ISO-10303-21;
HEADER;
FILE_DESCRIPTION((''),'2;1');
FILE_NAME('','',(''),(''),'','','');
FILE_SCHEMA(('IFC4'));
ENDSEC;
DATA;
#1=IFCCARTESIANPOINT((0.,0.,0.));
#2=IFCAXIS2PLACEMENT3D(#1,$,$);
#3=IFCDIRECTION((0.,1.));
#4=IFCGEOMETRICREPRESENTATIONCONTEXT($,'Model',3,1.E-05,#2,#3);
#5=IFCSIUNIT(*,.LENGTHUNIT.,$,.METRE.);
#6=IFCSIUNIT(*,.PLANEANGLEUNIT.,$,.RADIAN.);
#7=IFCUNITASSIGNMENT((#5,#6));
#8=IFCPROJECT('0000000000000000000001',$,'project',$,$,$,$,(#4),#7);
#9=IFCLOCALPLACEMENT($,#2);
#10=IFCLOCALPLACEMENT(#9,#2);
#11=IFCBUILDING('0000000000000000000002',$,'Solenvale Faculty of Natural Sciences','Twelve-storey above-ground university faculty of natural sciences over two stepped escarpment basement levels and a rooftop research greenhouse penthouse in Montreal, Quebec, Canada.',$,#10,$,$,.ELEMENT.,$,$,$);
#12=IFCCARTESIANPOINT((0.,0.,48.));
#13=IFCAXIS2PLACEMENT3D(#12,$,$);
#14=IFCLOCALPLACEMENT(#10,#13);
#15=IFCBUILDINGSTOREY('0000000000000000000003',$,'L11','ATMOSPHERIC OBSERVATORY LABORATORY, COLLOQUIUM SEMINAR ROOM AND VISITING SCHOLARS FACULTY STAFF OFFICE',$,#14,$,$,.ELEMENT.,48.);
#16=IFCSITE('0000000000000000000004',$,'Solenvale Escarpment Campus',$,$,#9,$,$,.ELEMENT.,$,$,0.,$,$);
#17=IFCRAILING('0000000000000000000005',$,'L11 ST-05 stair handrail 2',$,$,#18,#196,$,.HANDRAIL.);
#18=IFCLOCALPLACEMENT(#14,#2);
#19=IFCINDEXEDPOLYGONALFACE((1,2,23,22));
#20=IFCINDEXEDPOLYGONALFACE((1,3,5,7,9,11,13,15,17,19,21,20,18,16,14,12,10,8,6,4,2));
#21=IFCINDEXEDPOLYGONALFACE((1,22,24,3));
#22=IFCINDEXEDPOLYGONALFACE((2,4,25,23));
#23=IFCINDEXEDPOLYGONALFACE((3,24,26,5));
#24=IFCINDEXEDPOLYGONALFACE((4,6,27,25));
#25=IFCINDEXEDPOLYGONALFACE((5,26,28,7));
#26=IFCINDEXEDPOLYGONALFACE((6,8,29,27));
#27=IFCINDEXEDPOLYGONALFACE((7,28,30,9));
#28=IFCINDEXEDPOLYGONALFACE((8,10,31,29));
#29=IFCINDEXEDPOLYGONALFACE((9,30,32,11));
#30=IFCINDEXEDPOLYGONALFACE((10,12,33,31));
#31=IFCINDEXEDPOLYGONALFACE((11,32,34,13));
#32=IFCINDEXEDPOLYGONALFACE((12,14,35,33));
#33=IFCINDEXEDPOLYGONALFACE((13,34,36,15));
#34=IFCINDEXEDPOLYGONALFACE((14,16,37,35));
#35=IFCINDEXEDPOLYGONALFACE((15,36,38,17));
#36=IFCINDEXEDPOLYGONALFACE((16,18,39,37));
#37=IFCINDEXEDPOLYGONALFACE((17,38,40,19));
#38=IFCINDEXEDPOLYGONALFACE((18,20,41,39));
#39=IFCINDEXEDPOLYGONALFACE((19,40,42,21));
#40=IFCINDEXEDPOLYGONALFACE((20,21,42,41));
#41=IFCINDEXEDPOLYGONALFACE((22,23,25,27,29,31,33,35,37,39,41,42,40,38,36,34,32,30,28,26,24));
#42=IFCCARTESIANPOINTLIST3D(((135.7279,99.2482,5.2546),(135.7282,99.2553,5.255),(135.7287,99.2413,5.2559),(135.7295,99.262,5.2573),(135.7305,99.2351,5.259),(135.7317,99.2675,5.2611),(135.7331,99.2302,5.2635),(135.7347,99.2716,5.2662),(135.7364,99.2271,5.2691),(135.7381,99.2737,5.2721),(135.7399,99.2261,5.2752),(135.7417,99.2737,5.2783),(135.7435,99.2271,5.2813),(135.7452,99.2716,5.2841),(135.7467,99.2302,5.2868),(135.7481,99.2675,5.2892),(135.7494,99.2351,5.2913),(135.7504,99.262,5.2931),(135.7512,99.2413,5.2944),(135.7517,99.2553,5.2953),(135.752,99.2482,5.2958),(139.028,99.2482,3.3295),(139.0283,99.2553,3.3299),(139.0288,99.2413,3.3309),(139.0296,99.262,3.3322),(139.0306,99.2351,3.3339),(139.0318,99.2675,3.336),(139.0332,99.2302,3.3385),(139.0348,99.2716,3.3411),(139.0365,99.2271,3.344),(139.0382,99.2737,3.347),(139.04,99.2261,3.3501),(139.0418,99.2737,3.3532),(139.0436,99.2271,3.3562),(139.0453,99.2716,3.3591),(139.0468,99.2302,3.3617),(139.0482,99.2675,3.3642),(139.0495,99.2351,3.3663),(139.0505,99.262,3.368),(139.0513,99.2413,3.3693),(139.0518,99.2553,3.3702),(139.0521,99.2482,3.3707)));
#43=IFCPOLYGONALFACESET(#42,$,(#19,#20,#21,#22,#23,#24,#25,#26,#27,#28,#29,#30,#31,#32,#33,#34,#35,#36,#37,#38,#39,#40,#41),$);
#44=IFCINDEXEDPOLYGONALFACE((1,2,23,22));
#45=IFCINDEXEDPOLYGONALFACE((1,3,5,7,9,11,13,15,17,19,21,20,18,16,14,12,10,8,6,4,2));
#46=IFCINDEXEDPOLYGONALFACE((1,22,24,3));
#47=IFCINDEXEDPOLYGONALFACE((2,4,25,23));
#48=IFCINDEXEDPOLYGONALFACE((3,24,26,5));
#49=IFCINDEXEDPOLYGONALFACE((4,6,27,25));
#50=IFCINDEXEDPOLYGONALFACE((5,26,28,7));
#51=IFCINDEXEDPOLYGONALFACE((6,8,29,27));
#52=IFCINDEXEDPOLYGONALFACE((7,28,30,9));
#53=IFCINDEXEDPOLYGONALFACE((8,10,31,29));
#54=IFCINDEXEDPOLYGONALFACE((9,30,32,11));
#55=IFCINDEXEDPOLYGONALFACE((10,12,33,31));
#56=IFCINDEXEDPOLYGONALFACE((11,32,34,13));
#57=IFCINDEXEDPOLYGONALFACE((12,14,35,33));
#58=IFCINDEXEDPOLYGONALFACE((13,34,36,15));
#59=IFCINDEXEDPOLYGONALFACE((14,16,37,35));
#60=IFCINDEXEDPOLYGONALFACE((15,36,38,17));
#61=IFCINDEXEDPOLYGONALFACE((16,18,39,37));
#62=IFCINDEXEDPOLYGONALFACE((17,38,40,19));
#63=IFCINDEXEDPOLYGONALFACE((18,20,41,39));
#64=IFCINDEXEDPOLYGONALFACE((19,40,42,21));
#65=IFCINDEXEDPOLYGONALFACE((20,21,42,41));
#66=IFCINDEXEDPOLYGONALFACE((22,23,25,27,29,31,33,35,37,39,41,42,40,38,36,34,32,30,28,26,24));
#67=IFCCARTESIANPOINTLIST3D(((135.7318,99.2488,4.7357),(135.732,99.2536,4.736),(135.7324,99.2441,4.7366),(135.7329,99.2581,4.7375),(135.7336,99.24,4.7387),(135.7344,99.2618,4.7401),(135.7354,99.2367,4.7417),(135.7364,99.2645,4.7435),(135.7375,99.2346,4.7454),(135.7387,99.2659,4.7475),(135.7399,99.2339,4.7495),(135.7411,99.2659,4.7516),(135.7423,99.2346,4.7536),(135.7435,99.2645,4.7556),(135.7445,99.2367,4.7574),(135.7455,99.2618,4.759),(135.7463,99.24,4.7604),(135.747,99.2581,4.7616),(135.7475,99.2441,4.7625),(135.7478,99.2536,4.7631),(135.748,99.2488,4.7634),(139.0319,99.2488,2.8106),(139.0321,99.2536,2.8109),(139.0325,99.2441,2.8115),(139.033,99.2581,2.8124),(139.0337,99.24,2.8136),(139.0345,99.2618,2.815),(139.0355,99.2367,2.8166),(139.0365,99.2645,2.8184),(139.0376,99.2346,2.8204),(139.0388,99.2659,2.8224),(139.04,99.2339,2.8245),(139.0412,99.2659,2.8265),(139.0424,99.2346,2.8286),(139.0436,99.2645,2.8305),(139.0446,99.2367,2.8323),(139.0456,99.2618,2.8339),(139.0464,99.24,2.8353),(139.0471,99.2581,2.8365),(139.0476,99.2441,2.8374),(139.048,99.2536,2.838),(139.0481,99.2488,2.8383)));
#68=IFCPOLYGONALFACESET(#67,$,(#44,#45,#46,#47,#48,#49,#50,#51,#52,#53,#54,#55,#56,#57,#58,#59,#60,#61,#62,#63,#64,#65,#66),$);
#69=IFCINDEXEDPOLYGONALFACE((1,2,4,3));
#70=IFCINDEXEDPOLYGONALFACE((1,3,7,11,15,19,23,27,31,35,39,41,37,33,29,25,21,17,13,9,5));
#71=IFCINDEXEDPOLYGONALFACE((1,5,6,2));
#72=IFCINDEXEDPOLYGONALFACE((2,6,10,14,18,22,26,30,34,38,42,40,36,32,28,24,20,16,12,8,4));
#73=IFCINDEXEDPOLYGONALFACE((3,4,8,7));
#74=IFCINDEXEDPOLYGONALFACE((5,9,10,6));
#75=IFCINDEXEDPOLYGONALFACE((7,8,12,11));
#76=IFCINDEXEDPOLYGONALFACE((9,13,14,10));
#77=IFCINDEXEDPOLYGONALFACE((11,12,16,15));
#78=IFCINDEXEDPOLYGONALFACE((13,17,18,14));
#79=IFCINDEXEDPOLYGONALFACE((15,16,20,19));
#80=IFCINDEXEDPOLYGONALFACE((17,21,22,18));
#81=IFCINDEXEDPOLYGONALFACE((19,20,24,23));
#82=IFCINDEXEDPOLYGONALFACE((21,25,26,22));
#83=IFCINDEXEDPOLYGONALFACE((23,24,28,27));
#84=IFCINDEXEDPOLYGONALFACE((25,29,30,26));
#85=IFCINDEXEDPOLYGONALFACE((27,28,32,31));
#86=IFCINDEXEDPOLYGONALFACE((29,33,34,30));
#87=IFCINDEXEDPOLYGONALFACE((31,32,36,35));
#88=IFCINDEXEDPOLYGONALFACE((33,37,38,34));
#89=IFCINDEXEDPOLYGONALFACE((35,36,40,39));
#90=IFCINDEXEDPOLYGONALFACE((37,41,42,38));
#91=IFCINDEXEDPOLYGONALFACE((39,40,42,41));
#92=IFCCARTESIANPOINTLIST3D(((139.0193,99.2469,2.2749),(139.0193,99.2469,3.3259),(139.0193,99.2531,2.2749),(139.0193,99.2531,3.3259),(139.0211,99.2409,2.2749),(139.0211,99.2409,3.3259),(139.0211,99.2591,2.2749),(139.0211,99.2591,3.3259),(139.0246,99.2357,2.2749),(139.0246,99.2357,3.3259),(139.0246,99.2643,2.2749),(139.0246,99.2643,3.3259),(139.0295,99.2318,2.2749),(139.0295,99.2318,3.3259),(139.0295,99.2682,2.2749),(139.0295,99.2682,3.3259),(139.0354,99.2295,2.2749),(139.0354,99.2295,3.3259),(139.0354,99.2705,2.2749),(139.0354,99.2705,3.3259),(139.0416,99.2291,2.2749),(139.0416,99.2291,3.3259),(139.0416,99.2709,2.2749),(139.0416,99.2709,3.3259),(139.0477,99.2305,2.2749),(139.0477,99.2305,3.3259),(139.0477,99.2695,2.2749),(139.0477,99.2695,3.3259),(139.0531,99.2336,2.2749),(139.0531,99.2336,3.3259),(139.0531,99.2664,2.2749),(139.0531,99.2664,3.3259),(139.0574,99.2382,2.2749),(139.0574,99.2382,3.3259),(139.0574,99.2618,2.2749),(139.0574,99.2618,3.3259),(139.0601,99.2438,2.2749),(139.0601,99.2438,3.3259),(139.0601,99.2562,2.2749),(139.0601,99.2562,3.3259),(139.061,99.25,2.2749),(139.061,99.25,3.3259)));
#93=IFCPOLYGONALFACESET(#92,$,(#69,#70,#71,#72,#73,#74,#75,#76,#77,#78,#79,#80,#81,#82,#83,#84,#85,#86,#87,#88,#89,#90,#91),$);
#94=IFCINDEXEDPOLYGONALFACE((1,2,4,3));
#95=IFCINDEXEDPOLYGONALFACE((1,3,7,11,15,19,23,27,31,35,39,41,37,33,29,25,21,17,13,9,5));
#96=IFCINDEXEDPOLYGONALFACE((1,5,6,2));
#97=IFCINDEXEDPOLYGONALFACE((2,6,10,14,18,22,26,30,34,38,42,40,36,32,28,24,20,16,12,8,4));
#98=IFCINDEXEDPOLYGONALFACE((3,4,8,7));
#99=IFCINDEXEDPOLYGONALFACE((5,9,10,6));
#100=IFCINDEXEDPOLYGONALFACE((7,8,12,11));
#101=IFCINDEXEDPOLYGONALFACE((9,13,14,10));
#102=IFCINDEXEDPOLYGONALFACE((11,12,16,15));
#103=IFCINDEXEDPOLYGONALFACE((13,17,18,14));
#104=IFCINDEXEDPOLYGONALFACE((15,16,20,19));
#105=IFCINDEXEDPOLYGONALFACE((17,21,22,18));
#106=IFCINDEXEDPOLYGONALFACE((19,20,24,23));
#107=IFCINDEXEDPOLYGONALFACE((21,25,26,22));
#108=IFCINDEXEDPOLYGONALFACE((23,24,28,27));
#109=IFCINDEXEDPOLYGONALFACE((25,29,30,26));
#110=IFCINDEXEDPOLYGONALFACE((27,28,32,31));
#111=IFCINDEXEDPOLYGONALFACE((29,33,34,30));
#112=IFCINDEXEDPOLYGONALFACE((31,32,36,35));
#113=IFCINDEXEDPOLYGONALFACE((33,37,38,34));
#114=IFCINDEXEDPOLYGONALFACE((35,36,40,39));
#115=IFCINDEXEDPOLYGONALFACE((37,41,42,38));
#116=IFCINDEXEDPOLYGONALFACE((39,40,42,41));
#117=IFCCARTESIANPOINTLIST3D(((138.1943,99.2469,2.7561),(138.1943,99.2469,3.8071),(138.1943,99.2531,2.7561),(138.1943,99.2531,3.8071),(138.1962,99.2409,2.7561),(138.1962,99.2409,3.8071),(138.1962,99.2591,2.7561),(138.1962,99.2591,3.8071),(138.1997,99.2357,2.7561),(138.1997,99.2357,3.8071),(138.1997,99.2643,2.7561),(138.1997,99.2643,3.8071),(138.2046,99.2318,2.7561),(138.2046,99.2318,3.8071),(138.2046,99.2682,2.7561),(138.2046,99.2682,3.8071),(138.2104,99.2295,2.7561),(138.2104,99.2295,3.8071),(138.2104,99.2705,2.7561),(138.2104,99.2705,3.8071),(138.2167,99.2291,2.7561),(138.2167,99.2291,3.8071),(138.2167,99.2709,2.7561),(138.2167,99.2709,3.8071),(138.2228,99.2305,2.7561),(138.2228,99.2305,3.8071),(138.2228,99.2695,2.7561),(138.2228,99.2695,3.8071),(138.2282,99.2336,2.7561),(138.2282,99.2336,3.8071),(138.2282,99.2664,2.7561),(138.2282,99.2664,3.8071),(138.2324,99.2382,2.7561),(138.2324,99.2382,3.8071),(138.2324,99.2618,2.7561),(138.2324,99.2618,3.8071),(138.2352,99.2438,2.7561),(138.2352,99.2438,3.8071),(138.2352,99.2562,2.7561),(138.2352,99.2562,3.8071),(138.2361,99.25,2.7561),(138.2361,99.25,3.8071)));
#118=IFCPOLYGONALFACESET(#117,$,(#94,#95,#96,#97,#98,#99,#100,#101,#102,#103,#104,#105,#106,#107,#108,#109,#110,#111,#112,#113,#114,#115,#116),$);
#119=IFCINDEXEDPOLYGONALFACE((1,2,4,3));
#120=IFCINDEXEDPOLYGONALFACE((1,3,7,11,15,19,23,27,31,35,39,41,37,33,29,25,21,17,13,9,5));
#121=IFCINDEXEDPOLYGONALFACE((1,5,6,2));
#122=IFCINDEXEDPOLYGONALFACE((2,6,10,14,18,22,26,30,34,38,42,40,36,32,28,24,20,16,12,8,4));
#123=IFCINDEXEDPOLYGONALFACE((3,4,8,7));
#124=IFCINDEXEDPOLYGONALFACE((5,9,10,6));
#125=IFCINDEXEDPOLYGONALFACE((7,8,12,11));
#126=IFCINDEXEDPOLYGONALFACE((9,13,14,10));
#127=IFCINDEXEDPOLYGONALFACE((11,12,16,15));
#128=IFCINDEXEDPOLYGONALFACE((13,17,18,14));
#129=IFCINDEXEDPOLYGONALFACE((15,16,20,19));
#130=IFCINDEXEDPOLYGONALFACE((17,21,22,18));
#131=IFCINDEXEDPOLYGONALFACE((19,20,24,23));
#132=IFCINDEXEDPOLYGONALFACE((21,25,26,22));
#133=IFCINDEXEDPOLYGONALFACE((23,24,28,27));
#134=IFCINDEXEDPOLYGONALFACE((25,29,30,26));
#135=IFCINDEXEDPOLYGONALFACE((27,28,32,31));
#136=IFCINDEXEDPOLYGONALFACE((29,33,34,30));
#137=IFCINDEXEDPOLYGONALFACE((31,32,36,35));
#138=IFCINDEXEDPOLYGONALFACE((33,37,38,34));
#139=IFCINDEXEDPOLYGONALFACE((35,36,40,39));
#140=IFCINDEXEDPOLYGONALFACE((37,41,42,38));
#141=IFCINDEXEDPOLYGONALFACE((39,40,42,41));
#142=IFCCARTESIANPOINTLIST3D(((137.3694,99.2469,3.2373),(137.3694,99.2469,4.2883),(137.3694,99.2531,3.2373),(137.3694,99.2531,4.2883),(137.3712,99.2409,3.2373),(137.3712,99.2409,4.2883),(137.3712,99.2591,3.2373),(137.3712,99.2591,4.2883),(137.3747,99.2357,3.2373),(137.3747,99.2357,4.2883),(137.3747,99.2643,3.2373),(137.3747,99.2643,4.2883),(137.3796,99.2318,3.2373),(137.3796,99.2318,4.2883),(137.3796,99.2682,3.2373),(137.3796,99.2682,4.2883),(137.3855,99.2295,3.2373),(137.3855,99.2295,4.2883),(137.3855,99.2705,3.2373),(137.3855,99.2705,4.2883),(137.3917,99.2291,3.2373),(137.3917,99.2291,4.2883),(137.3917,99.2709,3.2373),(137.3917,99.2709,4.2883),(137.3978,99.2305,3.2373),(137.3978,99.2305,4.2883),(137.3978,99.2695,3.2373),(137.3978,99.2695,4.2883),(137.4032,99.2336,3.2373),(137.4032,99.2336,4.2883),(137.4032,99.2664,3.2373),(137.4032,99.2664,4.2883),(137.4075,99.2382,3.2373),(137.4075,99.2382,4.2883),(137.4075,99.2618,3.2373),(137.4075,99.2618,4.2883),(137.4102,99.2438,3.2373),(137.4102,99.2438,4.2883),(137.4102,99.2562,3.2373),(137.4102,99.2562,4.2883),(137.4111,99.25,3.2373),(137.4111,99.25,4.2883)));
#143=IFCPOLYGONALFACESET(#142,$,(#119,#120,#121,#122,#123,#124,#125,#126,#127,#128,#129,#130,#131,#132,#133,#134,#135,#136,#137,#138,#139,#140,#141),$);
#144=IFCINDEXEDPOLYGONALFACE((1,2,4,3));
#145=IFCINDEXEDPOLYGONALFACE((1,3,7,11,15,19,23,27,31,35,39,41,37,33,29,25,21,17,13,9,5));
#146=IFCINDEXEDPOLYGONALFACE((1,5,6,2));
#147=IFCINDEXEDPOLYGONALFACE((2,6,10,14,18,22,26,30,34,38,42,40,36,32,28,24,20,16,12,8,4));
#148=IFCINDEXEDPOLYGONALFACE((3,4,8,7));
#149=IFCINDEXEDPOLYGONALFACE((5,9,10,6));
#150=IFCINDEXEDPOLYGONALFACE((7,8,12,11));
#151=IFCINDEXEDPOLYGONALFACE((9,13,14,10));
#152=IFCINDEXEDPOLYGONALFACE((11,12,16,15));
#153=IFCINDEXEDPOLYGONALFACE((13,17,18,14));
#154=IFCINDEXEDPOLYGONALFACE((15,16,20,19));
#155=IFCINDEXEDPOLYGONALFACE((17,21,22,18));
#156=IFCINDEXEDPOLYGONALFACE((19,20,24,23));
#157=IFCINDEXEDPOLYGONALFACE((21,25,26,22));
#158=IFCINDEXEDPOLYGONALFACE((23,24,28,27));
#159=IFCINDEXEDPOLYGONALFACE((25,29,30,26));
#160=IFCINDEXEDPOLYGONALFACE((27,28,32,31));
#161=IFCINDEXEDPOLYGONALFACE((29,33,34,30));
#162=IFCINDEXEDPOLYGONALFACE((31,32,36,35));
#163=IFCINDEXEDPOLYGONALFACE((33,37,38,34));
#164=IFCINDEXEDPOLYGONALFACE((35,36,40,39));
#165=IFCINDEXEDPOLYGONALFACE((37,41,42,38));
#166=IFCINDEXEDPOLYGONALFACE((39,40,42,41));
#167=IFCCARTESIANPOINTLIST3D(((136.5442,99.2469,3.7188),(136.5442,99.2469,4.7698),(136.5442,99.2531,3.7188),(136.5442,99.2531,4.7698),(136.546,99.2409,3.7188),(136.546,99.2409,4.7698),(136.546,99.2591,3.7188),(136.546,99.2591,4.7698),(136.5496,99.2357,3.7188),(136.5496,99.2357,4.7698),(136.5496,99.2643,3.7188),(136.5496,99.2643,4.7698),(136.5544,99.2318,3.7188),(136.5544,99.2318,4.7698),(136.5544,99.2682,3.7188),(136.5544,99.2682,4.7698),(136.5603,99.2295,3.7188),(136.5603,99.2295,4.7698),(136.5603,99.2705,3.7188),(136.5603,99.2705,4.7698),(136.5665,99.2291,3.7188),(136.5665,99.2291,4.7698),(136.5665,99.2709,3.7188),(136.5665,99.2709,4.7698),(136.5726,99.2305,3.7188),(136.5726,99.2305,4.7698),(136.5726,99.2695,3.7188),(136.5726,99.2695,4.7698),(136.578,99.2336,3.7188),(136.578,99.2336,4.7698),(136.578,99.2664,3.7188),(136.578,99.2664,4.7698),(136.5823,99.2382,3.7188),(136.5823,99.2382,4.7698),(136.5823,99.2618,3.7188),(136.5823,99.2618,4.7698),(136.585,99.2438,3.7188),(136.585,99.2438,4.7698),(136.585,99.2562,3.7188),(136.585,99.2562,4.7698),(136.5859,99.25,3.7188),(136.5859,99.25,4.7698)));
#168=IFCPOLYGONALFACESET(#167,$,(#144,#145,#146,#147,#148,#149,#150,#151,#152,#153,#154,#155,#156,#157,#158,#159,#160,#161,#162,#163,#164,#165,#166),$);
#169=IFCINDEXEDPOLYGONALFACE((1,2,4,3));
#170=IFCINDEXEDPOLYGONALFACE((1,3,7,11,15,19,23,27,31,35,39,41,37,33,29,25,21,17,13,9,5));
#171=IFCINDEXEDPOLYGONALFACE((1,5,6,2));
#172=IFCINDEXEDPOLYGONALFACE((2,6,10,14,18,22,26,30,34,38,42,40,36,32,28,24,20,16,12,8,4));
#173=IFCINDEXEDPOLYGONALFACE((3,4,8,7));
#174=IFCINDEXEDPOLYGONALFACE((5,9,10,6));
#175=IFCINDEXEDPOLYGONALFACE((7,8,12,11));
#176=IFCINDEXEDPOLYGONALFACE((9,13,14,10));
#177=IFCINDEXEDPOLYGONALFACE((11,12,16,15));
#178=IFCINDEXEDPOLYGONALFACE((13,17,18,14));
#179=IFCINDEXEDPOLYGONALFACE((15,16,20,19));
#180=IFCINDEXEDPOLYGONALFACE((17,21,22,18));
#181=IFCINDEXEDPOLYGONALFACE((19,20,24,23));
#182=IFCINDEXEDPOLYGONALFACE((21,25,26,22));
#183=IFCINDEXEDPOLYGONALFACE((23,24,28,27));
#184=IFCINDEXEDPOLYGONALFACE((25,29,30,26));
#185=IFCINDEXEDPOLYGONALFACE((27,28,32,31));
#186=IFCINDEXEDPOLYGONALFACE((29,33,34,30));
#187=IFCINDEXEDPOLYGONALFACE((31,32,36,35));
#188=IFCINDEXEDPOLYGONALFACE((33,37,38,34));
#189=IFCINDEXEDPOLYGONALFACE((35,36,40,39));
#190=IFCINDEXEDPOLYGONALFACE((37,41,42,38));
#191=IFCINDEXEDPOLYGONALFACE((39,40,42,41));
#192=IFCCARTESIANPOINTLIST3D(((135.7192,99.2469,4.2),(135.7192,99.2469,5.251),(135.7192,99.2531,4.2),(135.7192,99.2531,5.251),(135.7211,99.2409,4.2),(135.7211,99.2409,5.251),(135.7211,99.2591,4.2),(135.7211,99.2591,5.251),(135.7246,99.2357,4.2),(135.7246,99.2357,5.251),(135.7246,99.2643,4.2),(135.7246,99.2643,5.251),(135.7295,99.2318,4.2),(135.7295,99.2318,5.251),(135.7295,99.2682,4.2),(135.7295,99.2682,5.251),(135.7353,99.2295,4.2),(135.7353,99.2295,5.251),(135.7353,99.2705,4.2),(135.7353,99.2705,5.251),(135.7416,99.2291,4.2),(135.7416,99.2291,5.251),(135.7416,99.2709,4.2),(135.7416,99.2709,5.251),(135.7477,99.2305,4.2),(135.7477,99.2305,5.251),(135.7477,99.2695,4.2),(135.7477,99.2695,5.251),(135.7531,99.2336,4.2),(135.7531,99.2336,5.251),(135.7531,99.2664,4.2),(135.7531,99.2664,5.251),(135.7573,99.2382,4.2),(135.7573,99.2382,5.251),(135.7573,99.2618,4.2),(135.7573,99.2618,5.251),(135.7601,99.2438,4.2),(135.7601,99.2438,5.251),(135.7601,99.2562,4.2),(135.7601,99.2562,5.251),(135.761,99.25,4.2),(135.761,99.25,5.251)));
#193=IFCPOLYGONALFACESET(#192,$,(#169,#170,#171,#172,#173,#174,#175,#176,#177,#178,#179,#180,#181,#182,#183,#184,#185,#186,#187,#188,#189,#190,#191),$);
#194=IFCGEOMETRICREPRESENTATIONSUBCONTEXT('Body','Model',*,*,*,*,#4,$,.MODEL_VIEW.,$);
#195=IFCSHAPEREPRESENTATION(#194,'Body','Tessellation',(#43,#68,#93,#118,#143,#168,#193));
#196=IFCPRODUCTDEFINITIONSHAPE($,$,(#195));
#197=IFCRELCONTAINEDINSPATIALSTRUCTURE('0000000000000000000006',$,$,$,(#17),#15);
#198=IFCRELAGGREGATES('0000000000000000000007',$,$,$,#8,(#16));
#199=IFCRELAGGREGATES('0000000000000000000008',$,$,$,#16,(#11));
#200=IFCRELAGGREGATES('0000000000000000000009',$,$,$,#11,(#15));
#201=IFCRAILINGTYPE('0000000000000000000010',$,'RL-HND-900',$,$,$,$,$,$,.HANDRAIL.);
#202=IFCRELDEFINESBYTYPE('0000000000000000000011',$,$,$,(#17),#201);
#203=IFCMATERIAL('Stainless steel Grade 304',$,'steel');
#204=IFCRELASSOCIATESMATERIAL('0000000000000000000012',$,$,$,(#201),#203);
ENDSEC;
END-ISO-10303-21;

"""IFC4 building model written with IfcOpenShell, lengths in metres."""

from ifc_helpers import new_model, si_unit, direction, frame, origin, origin_2d, place, context, subcontext, project, spatial, circle, extrude, material, type_object, element, save


model = new_model("IFC4")

# Units and contexts
model_context = context("Model", 3, precision=1e-05, world=origin(), true_north=direction((0.0, 1.0)))
body_context = subcontext(model_context, "Body", "Model", "MODEL_VIEW")
ifc_project = project(units=[si_unit("LENGTHUNIT", "METRE"), si_unit("PLANEANGLEUNIT", "RADIAN")], contexts=[model_context])

# Site, building, storey
site_placement = place(None, origin())
site = spatial("IfcSite", under=ifc_project, at=site_placement, Name="Solenvale Escarpment Campus", CompositionType="ELEMENT", RefElevation=0.0)
building_placement = place(site_placement, origin())
building = spatial("IfcBuilding", under=site, at=building_placement, Name="Solenvale Faculty of Natural Sciences", Description="Twelve-storey above-ground university faculty of natural sciences over two stepped escarpment basement levels and a rooftop research greenhouse penthouse in Montreal, Quebec, Canada.", CompositionType="ELEMENT")
storey_placement = place(building_placement, frame((0.0, 0.0, 48.0)))
storey = spatial("IfcBuildingStorey", under=building, at=storey_placement, Name="L11", Description="ATMOSPHERIC OBSERVATORY LABORATORY, COLLOQUIUM SEMINAR ROOM AND VISITING SCHOLARS FACULTY STAFF OFFICE", CompositionType="ELEMENT", Elevation=48.0)

# Railing
ifc_material_1 = material(Name="Stainless steel Grade 304", Category="steel")
railing_type_1 = type_object("IfcRailingType", Name="RL-HND-900", PredefinedType="HANDRAIL", material=ifc_material_1)
railing_1_placement = place(storey_placement, frame((139.04, 99.25, 2.2749)))
element("IfcRailing", 1, at=railing_1_placement, inside=storey, type_object=railing_type_1, Name="L11 ST-05 stair handrail 2", PredefinedType="HANDRAIL", context=body_context, shape_type="SweptSolid", body=[
    extrude(circle(Radius=0.0239, at=origin_2d()), frame((0.0, 0.0, 1.0752), z_axis=(-0.863777, 0.0, 0.503875), x_axis=(0.0, -1.0, 0.0)), (0.0, 0.0, 1.0), 3.8206),
    extrude(circle(Radius=0.0161, at=origin_2d()), frame((0.0, 0.0, 0.5496), z_axis=(-0.863777, 0.0, 0.503875), x_axis=(0.0, -1.0, 0.0)), (0.0, 0.0, 1.0), 3.8206),
    extrude(circle(Radius=0.021, at=origin_2d()), origin(), (0.0, 0.0, 1.0), 1.051),
    extrude(circle(Radius=0.021, at=origin_2d()), frame((-0.825, 0.0, 0.4812)), (0.0, 0.0, 1.0), 1.051),
    extrude(circle(Radius=0.021, at=origin_2d()), frame((-1.6499, 0.0, 0.9624)), (0.0, 0.0, 1.0), 1.051),
    extrude(circle(Radius=0.021, at=origin_2d()), frame((-2.4751, 0.0, 1.4438)), (0.0, 0.0, 1.0), 1.051),
    extrude(circle(Radius=0.021, at=origin_2d()), frame((-3.3, 0.0, 1.925)), (0.0, 0.0, 1.0), 1.051),
])

save(model, "model.ifc")
